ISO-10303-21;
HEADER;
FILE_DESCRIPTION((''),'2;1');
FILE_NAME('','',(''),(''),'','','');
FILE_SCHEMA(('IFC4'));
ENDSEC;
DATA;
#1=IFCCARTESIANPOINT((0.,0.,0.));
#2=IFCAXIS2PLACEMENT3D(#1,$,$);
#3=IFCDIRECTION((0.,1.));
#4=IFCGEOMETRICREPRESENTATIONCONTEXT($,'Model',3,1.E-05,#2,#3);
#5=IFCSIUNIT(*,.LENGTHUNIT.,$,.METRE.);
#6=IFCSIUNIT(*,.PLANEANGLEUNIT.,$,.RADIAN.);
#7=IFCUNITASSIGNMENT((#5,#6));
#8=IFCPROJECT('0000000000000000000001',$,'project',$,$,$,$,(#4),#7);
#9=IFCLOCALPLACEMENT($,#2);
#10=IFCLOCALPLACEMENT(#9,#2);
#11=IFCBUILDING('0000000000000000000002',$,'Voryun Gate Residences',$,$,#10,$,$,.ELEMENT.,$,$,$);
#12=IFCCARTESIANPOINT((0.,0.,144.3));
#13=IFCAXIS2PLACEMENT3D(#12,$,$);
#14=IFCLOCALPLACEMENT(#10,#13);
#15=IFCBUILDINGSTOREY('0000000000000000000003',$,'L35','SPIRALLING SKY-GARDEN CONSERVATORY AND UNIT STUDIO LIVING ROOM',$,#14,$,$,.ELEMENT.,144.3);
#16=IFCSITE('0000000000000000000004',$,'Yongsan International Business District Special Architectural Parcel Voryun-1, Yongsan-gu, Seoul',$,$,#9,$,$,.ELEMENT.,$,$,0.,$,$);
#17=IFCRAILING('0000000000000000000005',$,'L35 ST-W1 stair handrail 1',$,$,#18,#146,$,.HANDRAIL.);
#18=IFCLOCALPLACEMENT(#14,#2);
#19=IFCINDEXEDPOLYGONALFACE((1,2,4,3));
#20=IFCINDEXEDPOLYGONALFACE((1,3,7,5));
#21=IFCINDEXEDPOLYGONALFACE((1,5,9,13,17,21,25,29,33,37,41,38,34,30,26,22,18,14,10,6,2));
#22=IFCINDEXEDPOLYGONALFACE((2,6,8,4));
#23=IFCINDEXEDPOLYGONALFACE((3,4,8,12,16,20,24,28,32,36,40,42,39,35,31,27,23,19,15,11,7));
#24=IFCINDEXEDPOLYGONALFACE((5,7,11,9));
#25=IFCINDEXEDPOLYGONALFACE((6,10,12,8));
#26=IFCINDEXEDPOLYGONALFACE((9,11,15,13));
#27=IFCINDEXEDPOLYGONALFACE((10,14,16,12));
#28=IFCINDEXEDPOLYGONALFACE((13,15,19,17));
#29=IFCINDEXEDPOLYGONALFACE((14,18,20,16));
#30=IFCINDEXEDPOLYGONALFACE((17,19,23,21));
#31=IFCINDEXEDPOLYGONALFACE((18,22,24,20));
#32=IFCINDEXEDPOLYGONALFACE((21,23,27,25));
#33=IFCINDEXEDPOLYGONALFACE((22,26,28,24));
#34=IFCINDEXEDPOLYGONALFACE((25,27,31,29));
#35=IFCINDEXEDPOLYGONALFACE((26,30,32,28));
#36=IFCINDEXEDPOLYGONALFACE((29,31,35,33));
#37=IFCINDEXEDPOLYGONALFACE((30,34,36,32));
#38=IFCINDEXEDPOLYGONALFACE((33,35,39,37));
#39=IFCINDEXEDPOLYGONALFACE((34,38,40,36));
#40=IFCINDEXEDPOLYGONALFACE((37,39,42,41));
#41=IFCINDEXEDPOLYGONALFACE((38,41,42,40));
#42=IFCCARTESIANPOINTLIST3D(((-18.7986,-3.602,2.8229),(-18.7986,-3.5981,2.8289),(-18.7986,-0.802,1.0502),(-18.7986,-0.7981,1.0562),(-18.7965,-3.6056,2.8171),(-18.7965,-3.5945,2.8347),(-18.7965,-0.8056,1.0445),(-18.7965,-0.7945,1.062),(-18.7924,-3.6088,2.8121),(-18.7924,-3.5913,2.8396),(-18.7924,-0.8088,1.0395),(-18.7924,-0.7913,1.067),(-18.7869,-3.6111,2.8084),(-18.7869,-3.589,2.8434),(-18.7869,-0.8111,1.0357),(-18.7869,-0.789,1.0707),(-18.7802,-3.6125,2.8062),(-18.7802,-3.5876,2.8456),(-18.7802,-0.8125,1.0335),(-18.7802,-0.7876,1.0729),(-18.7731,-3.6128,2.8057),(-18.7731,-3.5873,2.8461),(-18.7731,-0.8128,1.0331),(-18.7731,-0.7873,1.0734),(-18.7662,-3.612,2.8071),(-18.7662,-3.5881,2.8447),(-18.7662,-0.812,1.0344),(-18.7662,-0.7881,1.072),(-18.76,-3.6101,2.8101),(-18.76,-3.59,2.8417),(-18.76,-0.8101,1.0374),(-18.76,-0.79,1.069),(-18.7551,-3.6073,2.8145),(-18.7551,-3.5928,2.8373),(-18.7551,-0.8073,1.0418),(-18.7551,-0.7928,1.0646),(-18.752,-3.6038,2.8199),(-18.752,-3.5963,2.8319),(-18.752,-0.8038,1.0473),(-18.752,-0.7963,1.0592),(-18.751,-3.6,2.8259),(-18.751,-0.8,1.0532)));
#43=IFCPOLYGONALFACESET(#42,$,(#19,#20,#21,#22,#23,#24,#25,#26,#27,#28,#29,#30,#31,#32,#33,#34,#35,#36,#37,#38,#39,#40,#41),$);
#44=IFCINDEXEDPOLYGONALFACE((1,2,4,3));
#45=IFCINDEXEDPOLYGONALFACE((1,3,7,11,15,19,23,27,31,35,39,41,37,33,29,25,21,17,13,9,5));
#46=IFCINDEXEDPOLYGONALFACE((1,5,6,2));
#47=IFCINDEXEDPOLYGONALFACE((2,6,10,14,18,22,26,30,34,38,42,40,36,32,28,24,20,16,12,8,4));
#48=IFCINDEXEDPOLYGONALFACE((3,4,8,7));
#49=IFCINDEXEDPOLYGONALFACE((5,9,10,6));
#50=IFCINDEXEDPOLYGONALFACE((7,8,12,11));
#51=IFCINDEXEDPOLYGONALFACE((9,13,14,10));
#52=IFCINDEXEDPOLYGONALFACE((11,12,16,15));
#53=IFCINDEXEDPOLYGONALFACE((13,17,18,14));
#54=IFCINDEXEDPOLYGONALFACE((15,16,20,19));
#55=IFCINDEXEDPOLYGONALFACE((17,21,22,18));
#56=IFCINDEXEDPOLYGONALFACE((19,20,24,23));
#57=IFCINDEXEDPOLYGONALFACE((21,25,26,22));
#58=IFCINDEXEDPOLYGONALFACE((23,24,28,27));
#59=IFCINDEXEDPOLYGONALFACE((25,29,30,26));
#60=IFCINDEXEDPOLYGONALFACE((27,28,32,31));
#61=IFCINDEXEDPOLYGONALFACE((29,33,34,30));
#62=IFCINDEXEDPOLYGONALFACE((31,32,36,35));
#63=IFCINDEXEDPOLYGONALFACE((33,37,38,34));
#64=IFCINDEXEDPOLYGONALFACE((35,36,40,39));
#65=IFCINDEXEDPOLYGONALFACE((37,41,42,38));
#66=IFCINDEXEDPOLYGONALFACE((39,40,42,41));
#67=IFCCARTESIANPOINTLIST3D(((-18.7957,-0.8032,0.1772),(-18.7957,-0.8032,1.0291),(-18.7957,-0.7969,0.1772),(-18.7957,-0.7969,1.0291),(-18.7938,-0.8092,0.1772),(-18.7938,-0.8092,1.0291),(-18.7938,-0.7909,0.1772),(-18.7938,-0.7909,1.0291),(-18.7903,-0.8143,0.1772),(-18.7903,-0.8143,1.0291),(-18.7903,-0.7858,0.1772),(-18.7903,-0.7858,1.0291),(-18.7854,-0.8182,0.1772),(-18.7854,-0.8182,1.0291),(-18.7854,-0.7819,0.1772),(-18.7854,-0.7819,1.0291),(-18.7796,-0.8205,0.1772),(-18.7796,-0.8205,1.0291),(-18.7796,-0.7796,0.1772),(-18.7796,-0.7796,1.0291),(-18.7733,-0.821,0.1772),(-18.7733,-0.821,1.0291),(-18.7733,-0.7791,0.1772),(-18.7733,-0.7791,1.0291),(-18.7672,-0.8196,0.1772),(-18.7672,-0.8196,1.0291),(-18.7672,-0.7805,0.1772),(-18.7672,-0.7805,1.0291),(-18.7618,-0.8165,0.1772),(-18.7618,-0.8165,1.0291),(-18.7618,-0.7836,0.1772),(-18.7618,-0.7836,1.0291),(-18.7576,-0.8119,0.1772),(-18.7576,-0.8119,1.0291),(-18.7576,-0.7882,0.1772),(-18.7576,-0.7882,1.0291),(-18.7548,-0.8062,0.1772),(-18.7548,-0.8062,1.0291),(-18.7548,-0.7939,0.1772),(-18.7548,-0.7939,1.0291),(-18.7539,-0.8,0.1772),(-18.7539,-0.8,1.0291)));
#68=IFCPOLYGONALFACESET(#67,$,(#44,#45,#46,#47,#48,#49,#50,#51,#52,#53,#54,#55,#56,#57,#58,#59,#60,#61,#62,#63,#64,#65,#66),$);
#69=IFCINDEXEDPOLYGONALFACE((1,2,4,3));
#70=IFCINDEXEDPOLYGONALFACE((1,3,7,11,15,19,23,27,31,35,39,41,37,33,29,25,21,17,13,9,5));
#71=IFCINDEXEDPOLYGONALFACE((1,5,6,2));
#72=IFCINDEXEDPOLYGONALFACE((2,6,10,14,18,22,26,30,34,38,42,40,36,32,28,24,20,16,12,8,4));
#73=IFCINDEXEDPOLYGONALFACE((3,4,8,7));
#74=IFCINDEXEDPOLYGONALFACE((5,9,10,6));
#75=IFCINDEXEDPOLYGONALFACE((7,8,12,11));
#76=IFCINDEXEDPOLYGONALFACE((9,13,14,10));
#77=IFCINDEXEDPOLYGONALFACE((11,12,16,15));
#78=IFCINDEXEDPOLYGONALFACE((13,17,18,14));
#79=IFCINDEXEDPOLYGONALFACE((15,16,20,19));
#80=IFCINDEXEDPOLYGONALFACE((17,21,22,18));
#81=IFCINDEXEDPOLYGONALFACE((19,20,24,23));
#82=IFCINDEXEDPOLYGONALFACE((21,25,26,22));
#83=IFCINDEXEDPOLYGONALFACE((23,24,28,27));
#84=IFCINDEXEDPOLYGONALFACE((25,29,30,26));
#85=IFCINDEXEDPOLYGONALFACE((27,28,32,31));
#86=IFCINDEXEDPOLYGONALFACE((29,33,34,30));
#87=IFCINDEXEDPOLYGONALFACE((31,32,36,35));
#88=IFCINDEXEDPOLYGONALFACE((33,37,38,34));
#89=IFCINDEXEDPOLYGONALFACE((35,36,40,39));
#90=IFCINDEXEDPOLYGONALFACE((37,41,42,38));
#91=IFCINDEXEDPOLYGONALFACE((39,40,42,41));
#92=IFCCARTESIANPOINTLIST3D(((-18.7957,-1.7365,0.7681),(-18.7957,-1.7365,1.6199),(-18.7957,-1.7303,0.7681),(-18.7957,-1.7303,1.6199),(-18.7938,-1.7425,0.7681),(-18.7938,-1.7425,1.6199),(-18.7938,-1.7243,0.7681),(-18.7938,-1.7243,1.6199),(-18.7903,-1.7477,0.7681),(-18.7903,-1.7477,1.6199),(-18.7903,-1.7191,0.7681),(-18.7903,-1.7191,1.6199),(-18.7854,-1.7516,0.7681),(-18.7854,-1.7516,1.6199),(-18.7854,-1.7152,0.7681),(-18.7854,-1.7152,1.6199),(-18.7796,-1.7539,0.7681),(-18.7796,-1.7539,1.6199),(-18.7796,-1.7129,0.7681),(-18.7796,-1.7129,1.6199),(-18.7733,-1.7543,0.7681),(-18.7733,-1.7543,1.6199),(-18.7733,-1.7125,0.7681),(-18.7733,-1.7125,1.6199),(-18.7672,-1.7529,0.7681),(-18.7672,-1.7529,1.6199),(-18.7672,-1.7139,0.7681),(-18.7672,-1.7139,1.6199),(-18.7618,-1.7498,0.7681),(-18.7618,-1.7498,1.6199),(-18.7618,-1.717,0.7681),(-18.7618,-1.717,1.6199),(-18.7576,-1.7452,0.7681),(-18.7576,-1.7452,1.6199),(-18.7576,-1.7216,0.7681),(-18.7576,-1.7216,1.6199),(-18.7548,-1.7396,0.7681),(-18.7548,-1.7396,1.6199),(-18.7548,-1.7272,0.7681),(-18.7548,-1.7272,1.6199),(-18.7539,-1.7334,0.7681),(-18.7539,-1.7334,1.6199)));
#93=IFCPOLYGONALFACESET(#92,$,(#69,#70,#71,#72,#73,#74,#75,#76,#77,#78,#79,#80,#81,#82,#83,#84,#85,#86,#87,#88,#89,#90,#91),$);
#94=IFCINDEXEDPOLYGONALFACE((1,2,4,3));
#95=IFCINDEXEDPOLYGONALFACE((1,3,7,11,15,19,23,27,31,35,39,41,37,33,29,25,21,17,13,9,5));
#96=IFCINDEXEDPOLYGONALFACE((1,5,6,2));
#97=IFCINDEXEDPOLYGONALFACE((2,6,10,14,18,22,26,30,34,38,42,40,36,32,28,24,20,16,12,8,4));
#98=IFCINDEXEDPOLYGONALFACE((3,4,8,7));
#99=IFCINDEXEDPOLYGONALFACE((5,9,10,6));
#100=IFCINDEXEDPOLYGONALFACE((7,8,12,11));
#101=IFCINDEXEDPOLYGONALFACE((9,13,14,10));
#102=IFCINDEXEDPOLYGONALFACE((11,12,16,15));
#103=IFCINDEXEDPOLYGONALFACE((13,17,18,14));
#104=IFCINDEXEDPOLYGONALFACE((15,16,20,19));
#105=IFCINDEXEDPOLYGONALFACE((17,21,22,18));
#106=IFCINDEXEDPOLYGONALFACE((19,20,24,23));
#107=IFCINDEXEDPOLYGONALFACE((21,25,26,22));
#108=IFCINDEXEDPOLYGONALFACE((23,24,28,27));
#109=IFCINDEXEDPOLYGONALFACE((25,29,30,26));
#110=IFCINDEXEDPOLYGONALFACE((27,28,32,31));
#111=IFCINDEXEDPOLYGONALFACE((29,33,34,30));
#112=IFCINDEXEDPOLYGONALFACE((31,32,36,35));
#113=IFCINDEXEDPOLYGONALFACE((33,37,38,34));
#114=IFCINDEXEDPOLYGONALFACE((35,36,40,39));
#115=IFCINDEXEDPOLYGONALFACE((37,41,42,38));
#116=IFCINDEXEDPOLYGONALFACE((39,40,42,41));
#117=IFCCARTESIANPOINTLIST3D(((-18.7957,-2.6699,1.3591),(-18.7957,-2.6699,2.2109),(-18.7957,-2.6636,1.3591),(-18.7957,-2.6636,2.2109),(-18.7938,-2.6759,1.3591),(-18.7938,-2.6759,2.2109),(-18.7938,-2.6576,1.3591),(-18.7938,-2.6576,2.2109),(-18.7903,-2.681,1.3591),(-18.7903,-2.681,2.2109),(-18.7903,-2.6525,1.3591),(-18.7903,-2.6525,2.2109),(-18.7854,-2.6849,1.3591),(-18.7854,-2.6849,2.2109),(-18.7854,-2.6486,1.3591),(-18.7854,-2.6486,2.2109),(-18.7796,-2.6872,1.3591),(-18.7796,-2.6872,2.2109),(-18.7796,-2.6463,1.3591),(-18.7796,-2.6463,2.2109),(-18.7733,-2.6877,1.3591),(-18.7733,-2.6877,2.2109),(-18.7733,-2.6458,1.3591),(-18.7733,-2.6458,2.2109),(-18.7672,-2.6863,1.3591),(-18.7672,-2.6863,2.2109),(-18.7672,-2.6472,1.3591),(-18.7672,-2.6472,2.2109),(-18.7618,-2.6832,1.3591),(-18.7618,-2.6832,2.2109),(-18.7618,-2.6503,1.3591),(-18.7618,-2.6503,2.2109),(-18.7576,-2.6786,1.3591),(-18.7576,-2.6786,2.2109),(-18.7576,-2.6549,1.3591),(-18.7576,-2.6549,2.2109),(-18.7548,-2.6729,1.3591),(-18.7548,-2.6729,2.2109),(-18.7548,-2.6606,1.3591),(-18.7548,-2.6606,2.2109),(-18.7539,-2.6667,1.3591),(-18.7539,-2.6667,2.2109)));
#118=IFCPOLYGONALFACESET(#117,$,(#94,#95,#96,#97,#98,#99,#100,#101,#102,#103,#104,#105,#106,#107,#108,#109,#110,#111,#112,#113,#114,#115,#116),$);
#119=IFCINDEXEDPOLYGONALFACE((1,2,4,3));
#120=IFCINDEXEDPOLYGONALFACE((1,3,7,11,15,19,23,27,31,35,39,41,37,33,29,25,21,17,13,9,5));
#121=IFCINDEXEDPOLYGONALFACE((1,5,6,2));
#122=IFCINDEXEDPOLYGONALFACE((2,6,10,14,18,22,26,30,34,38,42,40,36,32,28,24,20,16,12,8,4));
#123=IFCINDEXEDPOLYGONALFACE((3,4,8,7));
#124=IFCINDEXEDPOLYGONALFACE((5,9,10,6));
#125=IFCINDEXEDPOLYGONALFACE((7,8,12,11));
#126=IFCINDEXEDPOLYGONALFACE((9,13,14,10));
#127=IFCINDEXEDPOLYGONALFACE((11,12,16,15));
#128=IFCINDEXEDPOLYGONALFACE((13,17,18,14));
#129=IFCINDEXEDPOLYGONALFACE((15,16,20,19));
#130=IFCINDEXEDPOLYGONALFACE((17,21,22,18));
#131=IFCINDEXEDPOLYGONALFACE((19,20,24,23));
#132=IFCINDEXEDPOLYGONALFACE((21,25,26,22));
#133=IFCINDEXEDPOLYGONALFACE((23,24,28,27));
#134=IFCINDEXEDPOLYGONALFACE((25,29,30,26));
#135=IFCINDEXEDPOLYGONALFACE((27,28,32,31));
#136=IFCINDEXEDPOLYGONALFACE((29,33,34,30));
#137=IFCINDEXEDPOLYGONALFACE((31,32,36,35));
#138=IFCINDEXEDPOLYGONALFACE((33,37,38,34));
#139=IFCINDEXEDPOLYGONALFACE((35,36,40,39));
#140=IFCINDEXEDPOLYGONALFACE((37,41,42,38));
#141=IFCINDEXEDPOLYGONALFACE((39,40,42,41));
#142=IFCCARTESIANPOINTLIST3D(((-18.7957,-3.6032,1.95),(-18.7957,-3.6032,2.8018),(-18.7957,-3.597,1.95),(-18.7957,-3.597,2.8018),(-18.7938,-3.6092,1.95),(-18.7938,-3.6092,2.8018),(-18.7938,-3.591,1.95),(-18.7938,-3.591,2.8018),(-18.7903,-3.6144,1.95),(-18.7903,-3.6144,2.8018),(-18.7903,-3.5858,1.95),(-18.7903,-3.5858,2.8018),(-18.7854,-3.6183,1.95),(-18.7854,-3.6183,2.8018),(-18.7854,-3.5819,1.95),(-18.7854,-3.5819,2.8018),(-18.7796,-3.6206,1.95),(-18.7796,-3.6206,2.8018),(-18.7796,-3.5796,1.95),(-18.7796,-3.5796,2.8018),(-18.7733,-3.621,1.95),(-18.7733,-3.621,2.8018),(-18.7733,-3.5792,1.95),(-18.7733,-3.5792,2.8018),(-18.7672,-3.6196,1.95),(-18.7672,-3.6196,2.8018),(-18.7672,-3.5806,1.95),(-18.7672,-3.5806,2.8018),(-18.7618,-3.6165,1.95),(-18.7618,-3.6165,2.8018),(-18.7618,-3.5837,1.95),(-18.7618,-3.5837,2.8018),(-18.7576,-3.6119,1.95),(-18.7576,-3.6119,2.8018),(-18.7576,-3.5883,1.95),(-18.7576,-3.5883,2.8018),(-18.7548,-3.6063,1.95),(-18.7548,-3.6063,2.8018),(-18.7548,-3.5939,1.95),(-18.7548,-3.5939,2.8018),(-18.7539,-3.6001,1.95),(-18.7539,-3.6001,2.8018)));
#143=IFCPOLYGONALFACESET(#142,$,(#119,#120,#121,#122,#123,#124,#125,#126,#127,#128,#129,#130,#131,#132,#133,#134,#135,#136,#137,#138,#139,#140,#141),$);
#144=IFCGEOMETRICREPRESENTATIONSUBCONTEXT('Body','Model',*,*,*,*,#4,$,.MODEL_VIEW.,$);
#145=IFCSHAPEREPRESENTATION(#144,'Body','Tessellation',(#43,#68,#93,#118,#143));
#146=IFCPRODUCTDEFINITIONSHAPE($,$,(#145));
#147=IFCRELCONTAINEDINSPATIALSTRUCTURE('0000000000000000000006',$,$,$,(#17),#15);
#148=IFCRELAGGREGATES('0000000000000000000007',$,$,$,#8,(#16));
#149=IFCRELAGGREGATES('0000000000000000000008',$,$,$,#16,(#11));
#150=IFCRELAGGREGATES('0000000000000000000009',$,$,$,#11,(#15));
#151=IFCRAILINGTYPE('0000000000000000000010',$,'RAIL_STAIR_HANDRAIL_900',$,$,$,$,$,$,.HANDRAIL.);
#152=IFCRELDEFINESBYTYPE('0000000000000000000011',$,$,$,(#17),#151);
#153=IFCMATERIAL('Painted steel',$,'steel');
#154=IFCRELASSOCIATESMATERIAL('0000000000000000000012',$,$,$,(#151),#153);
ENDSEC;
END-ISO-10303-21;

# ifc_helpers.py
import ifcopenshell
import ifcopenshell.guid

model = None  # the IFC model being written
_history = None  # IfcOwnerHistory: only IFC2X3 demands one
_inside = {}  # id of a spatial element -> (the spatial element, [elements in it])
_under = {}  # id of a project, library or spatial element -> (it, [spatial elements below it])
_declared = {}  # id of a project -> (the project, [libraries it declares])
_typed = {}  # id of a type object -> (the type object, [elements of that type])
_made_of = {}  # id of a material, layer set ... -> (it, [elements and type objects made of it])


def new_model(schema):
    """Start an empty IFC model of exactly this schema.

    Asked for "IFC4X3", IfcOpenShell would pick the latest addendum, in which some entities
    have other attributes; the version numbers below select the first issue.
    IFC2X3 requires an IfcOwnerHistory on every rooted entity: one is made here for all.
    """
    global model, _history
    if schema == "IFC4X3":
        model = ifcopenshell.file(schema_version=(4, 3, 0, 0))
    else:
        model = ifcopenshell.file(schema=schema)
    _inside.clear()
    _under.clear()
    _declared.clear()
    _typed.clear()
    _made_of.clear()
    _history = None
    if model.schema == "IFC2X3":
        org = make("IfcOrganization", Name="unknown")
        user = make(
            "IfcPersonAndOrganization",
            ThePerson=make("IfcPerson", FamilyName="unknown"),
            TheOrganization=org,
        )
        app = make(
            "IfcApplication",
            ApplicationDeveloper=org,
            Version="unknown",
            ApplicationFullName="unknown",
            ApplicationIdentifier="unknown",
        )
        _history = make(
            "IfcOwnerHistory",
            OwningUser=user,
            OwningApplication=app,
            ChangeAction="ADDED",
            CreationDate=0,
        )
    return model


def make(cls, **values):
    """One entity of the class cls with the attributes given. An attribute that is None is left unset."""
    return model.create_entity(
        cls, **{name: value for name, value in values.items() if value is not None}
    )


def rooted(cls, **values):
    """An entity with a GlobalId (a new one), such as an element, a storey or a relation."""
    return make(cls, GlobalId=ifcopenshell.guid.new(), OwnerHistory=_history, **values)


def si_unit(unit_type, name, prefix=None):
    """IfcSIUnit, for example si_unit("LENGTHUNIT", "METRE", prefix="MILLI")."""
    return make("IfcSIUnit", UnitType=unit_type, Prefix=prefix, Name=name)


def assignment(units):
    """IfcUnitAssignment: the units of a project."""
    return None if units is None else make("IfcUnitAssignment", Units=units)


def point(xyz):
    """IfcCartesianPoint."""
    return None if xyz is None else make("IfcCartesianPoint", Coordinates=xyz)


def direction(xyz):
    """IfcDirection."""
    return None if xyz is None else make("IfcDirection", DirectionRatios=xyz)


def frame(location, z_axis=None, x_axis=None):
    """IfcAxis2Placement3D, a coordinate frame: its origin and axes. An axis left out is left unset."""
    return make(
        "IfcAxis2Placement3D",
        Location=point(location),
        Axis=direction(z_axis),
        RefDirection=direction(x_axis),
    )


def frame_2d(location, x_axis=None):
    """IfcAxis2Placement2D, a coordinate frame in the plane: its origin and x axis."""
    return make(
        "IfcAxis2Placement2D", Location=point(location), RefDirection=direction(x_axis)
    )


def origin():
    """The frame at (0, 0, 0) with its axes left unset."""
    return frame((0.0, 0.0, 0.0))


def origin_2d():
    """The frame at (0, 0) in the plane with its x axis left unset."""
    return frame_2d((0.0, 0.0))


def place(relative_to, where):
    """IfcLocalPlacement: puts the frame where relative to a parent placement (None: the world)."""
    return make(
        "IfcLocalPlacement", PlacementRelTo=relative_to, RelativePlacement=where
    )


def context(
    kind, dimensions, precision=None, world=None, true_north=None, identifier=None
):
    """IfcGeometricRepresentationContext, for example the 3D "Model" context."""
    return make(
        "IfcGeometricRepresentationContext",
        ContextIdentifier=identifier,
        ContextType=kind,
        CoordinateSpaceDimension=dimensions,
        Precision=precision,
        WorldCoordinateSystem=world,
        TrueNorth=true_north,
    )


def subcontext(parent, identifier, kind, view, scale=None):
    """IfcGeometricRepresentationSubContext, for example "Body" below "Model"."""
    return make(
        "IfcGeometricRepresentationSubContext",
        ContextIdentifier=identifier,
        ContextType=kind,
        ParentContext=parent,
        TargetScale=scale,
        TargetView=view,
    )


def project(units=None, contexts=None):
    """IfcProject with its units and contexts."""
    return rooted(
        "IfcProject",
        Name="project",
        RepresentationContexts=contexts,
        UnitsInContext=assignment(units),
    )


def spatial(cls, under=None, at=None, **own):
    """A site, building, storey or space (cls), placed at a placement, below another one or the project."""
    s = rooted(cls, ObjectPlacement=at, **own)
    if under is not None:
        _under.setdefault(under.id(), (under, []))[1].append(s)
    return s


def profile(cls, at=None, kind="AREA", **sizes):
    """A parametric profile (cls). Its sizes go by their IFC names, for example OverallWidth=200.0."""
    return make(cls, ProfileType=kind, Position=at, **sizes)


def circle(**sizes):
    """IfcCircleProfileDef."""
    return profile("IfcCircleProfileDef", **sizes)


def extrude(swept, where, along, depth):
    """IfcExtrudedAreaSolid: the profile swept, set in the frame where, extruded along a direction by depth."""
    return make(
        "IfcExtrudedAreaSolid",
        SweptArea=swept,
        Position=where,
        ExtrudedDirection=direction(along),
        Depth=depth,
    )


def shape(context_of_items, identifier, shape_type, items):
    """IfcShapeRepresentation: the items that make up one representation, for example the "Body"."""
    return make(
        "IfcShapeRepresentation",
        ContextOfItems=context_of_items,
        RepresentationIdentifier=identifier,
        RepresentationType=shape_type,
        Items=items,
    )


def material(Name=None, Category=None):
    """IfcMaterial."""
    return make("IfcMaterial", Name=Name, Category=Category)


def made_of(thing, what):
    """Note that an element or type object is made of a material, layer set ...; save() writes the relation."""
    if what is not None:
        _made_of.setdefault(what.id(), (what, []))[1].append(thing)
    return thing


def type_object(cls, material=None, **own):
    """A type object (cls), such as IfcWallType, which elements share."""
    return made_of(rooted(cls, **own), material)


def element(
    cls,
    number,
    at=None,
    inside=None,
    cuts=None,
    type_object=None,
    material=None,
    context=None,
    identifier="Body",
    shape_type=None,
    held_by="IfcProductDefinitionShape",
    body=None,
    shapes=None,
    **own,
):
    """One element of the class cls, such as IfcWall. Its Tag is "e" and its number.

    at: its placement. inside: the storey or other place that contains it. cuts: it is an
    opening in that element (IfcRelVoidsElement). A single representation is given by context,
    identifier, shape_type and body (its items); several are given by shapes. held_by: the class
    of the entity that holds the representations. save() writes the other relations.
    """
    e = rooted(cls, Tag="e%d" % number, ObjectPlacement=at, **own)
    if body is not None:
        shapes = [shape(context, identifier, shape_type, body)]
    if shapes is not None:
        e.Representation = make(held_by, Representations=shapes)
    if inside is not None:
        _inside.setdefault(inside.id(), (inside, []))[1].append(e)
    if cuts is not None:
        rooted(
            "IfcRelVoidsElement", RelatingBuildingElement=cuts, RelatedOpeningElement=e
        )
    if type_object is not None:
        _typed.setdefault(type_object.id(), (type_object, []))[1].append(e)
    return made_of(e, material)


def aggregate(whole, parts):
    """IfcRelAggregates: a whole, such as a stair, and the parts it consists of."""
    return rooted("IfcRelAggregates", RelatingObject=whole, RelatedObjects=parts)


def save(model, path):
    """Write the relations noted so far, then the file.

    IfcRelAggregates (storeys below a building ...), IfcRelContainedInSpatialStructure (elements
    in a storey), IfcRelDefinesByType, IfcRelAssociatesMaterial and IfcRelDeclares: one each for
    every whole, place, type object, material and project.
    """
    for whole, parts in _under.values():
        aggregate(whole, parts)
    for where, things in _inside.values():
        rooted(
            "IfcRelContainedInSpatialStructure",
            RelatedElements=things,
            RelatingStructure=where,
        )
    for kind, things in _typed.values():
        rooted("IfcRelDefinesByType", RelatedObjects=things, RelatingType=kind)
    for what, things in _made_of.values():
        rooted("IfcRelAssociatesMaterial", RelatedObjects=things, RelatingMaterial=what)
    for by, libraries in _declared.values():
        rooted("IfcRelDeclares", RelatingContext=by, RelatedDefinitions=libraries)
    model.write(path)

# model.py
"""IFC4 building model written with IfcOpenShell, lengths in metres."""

from ifc_helpers import new_model, si_unit, direction, frame, origin, origin_2d, place, context, subcontext, project, spatial, circle, extrude, material, type_object, element, save


model = new_model("IFC4")

# Units and contexts
model_context = context("Model", 3, precision=1e-05, world=origin(), true_north=direction((0.0, 1.0)))
body_context = subcontext(model_context, "Body", "Model", "MODEL_VIEW")
ifc_project = project(units=[si_unit("LENGTHUNIT", "METRE"), si_unit("PLANEANGLEUNIT", "RADIAN")], contexts=[model_context])

# Site, building, storey
site_placement = place(None, origin())
site = spatial("IfcSite", under=ifc_project, at=site_placement, Name="Yongsan International Business District Special Architectural Parcel Voryun-1, Yongsan-gu, Seoul", CompositionType="ELEMENT", RefElevation=0.0)
building_placement = place(site_placement, origin())
building = spatial("IfcBuilding", under=site, at=building_placement, Name="Voryun Gate Residences", CompositionType="ELEMENT")
storey_placement = place(building_placement, frame((0.0, 0.0, 144.3)))
storey = spatial("IfcBuildingStorey", under=building, at=storey_placement, Name="L35", Description="SPIRALLING SKY-GARDEN CONSERVATORY AND UNIT STUDIO LIVING ROOM", CompositionType="ELEMENT", Elevation=144.3)

# Railing
ifc_material_1 = material(Name="Painted steel", Category="steel")
railing_type_1 = type_object("IfcRailingType", Name="RAIL_STAIR_HANDRAIL_900", PredefinedType="HANDRAIL", material=ifc_material_1)
railing_1_placement = place(storey_placement, frame((-18.7749, -0.8, 0.1772)))
element("IfcRailing", 1, at=railing_1_placement, inside=storey, type_object=railing_type_1, Name="L35 ST-W1 stair handrail 1", PredefinedType="HANDRAIL", context=body_context, shape_type="SweptSolid", body=[
    extrude(circle(Radius=0.0239, at=origin_2d()), frame((0.0, 0.0, 0.876), z_axis=(0.0, -0.844909, 0.53491), x_axis=(1.0, 0.0, 0.0)), (0.0, 0.0, 1.0), 3.314),
    extrude(circle(Radius=0.021, at=origin_2d()), origin(), (0.0, 0.0, 1.0), 0.8518),
    extrude(circle(Radius=0.021, at=origin_2d()), frame((0.0, -0.9333, 0.5908)), (0.0, 0.0, 1.0), 0.8518),
    extrude(circle(Radius=0.021, at=origin_2d()), frame((0.0, -1.8667, 1.1819)), (0.0, 0.0, 1.0), 0.8518),
    extrude(circle(Radius=0.021, at=origin_2d()), frame((0.0, -2.8, 1.7727)), (0.0, 0.0, 1.0), 0.8518),
])

save(model, "model.ifc")
